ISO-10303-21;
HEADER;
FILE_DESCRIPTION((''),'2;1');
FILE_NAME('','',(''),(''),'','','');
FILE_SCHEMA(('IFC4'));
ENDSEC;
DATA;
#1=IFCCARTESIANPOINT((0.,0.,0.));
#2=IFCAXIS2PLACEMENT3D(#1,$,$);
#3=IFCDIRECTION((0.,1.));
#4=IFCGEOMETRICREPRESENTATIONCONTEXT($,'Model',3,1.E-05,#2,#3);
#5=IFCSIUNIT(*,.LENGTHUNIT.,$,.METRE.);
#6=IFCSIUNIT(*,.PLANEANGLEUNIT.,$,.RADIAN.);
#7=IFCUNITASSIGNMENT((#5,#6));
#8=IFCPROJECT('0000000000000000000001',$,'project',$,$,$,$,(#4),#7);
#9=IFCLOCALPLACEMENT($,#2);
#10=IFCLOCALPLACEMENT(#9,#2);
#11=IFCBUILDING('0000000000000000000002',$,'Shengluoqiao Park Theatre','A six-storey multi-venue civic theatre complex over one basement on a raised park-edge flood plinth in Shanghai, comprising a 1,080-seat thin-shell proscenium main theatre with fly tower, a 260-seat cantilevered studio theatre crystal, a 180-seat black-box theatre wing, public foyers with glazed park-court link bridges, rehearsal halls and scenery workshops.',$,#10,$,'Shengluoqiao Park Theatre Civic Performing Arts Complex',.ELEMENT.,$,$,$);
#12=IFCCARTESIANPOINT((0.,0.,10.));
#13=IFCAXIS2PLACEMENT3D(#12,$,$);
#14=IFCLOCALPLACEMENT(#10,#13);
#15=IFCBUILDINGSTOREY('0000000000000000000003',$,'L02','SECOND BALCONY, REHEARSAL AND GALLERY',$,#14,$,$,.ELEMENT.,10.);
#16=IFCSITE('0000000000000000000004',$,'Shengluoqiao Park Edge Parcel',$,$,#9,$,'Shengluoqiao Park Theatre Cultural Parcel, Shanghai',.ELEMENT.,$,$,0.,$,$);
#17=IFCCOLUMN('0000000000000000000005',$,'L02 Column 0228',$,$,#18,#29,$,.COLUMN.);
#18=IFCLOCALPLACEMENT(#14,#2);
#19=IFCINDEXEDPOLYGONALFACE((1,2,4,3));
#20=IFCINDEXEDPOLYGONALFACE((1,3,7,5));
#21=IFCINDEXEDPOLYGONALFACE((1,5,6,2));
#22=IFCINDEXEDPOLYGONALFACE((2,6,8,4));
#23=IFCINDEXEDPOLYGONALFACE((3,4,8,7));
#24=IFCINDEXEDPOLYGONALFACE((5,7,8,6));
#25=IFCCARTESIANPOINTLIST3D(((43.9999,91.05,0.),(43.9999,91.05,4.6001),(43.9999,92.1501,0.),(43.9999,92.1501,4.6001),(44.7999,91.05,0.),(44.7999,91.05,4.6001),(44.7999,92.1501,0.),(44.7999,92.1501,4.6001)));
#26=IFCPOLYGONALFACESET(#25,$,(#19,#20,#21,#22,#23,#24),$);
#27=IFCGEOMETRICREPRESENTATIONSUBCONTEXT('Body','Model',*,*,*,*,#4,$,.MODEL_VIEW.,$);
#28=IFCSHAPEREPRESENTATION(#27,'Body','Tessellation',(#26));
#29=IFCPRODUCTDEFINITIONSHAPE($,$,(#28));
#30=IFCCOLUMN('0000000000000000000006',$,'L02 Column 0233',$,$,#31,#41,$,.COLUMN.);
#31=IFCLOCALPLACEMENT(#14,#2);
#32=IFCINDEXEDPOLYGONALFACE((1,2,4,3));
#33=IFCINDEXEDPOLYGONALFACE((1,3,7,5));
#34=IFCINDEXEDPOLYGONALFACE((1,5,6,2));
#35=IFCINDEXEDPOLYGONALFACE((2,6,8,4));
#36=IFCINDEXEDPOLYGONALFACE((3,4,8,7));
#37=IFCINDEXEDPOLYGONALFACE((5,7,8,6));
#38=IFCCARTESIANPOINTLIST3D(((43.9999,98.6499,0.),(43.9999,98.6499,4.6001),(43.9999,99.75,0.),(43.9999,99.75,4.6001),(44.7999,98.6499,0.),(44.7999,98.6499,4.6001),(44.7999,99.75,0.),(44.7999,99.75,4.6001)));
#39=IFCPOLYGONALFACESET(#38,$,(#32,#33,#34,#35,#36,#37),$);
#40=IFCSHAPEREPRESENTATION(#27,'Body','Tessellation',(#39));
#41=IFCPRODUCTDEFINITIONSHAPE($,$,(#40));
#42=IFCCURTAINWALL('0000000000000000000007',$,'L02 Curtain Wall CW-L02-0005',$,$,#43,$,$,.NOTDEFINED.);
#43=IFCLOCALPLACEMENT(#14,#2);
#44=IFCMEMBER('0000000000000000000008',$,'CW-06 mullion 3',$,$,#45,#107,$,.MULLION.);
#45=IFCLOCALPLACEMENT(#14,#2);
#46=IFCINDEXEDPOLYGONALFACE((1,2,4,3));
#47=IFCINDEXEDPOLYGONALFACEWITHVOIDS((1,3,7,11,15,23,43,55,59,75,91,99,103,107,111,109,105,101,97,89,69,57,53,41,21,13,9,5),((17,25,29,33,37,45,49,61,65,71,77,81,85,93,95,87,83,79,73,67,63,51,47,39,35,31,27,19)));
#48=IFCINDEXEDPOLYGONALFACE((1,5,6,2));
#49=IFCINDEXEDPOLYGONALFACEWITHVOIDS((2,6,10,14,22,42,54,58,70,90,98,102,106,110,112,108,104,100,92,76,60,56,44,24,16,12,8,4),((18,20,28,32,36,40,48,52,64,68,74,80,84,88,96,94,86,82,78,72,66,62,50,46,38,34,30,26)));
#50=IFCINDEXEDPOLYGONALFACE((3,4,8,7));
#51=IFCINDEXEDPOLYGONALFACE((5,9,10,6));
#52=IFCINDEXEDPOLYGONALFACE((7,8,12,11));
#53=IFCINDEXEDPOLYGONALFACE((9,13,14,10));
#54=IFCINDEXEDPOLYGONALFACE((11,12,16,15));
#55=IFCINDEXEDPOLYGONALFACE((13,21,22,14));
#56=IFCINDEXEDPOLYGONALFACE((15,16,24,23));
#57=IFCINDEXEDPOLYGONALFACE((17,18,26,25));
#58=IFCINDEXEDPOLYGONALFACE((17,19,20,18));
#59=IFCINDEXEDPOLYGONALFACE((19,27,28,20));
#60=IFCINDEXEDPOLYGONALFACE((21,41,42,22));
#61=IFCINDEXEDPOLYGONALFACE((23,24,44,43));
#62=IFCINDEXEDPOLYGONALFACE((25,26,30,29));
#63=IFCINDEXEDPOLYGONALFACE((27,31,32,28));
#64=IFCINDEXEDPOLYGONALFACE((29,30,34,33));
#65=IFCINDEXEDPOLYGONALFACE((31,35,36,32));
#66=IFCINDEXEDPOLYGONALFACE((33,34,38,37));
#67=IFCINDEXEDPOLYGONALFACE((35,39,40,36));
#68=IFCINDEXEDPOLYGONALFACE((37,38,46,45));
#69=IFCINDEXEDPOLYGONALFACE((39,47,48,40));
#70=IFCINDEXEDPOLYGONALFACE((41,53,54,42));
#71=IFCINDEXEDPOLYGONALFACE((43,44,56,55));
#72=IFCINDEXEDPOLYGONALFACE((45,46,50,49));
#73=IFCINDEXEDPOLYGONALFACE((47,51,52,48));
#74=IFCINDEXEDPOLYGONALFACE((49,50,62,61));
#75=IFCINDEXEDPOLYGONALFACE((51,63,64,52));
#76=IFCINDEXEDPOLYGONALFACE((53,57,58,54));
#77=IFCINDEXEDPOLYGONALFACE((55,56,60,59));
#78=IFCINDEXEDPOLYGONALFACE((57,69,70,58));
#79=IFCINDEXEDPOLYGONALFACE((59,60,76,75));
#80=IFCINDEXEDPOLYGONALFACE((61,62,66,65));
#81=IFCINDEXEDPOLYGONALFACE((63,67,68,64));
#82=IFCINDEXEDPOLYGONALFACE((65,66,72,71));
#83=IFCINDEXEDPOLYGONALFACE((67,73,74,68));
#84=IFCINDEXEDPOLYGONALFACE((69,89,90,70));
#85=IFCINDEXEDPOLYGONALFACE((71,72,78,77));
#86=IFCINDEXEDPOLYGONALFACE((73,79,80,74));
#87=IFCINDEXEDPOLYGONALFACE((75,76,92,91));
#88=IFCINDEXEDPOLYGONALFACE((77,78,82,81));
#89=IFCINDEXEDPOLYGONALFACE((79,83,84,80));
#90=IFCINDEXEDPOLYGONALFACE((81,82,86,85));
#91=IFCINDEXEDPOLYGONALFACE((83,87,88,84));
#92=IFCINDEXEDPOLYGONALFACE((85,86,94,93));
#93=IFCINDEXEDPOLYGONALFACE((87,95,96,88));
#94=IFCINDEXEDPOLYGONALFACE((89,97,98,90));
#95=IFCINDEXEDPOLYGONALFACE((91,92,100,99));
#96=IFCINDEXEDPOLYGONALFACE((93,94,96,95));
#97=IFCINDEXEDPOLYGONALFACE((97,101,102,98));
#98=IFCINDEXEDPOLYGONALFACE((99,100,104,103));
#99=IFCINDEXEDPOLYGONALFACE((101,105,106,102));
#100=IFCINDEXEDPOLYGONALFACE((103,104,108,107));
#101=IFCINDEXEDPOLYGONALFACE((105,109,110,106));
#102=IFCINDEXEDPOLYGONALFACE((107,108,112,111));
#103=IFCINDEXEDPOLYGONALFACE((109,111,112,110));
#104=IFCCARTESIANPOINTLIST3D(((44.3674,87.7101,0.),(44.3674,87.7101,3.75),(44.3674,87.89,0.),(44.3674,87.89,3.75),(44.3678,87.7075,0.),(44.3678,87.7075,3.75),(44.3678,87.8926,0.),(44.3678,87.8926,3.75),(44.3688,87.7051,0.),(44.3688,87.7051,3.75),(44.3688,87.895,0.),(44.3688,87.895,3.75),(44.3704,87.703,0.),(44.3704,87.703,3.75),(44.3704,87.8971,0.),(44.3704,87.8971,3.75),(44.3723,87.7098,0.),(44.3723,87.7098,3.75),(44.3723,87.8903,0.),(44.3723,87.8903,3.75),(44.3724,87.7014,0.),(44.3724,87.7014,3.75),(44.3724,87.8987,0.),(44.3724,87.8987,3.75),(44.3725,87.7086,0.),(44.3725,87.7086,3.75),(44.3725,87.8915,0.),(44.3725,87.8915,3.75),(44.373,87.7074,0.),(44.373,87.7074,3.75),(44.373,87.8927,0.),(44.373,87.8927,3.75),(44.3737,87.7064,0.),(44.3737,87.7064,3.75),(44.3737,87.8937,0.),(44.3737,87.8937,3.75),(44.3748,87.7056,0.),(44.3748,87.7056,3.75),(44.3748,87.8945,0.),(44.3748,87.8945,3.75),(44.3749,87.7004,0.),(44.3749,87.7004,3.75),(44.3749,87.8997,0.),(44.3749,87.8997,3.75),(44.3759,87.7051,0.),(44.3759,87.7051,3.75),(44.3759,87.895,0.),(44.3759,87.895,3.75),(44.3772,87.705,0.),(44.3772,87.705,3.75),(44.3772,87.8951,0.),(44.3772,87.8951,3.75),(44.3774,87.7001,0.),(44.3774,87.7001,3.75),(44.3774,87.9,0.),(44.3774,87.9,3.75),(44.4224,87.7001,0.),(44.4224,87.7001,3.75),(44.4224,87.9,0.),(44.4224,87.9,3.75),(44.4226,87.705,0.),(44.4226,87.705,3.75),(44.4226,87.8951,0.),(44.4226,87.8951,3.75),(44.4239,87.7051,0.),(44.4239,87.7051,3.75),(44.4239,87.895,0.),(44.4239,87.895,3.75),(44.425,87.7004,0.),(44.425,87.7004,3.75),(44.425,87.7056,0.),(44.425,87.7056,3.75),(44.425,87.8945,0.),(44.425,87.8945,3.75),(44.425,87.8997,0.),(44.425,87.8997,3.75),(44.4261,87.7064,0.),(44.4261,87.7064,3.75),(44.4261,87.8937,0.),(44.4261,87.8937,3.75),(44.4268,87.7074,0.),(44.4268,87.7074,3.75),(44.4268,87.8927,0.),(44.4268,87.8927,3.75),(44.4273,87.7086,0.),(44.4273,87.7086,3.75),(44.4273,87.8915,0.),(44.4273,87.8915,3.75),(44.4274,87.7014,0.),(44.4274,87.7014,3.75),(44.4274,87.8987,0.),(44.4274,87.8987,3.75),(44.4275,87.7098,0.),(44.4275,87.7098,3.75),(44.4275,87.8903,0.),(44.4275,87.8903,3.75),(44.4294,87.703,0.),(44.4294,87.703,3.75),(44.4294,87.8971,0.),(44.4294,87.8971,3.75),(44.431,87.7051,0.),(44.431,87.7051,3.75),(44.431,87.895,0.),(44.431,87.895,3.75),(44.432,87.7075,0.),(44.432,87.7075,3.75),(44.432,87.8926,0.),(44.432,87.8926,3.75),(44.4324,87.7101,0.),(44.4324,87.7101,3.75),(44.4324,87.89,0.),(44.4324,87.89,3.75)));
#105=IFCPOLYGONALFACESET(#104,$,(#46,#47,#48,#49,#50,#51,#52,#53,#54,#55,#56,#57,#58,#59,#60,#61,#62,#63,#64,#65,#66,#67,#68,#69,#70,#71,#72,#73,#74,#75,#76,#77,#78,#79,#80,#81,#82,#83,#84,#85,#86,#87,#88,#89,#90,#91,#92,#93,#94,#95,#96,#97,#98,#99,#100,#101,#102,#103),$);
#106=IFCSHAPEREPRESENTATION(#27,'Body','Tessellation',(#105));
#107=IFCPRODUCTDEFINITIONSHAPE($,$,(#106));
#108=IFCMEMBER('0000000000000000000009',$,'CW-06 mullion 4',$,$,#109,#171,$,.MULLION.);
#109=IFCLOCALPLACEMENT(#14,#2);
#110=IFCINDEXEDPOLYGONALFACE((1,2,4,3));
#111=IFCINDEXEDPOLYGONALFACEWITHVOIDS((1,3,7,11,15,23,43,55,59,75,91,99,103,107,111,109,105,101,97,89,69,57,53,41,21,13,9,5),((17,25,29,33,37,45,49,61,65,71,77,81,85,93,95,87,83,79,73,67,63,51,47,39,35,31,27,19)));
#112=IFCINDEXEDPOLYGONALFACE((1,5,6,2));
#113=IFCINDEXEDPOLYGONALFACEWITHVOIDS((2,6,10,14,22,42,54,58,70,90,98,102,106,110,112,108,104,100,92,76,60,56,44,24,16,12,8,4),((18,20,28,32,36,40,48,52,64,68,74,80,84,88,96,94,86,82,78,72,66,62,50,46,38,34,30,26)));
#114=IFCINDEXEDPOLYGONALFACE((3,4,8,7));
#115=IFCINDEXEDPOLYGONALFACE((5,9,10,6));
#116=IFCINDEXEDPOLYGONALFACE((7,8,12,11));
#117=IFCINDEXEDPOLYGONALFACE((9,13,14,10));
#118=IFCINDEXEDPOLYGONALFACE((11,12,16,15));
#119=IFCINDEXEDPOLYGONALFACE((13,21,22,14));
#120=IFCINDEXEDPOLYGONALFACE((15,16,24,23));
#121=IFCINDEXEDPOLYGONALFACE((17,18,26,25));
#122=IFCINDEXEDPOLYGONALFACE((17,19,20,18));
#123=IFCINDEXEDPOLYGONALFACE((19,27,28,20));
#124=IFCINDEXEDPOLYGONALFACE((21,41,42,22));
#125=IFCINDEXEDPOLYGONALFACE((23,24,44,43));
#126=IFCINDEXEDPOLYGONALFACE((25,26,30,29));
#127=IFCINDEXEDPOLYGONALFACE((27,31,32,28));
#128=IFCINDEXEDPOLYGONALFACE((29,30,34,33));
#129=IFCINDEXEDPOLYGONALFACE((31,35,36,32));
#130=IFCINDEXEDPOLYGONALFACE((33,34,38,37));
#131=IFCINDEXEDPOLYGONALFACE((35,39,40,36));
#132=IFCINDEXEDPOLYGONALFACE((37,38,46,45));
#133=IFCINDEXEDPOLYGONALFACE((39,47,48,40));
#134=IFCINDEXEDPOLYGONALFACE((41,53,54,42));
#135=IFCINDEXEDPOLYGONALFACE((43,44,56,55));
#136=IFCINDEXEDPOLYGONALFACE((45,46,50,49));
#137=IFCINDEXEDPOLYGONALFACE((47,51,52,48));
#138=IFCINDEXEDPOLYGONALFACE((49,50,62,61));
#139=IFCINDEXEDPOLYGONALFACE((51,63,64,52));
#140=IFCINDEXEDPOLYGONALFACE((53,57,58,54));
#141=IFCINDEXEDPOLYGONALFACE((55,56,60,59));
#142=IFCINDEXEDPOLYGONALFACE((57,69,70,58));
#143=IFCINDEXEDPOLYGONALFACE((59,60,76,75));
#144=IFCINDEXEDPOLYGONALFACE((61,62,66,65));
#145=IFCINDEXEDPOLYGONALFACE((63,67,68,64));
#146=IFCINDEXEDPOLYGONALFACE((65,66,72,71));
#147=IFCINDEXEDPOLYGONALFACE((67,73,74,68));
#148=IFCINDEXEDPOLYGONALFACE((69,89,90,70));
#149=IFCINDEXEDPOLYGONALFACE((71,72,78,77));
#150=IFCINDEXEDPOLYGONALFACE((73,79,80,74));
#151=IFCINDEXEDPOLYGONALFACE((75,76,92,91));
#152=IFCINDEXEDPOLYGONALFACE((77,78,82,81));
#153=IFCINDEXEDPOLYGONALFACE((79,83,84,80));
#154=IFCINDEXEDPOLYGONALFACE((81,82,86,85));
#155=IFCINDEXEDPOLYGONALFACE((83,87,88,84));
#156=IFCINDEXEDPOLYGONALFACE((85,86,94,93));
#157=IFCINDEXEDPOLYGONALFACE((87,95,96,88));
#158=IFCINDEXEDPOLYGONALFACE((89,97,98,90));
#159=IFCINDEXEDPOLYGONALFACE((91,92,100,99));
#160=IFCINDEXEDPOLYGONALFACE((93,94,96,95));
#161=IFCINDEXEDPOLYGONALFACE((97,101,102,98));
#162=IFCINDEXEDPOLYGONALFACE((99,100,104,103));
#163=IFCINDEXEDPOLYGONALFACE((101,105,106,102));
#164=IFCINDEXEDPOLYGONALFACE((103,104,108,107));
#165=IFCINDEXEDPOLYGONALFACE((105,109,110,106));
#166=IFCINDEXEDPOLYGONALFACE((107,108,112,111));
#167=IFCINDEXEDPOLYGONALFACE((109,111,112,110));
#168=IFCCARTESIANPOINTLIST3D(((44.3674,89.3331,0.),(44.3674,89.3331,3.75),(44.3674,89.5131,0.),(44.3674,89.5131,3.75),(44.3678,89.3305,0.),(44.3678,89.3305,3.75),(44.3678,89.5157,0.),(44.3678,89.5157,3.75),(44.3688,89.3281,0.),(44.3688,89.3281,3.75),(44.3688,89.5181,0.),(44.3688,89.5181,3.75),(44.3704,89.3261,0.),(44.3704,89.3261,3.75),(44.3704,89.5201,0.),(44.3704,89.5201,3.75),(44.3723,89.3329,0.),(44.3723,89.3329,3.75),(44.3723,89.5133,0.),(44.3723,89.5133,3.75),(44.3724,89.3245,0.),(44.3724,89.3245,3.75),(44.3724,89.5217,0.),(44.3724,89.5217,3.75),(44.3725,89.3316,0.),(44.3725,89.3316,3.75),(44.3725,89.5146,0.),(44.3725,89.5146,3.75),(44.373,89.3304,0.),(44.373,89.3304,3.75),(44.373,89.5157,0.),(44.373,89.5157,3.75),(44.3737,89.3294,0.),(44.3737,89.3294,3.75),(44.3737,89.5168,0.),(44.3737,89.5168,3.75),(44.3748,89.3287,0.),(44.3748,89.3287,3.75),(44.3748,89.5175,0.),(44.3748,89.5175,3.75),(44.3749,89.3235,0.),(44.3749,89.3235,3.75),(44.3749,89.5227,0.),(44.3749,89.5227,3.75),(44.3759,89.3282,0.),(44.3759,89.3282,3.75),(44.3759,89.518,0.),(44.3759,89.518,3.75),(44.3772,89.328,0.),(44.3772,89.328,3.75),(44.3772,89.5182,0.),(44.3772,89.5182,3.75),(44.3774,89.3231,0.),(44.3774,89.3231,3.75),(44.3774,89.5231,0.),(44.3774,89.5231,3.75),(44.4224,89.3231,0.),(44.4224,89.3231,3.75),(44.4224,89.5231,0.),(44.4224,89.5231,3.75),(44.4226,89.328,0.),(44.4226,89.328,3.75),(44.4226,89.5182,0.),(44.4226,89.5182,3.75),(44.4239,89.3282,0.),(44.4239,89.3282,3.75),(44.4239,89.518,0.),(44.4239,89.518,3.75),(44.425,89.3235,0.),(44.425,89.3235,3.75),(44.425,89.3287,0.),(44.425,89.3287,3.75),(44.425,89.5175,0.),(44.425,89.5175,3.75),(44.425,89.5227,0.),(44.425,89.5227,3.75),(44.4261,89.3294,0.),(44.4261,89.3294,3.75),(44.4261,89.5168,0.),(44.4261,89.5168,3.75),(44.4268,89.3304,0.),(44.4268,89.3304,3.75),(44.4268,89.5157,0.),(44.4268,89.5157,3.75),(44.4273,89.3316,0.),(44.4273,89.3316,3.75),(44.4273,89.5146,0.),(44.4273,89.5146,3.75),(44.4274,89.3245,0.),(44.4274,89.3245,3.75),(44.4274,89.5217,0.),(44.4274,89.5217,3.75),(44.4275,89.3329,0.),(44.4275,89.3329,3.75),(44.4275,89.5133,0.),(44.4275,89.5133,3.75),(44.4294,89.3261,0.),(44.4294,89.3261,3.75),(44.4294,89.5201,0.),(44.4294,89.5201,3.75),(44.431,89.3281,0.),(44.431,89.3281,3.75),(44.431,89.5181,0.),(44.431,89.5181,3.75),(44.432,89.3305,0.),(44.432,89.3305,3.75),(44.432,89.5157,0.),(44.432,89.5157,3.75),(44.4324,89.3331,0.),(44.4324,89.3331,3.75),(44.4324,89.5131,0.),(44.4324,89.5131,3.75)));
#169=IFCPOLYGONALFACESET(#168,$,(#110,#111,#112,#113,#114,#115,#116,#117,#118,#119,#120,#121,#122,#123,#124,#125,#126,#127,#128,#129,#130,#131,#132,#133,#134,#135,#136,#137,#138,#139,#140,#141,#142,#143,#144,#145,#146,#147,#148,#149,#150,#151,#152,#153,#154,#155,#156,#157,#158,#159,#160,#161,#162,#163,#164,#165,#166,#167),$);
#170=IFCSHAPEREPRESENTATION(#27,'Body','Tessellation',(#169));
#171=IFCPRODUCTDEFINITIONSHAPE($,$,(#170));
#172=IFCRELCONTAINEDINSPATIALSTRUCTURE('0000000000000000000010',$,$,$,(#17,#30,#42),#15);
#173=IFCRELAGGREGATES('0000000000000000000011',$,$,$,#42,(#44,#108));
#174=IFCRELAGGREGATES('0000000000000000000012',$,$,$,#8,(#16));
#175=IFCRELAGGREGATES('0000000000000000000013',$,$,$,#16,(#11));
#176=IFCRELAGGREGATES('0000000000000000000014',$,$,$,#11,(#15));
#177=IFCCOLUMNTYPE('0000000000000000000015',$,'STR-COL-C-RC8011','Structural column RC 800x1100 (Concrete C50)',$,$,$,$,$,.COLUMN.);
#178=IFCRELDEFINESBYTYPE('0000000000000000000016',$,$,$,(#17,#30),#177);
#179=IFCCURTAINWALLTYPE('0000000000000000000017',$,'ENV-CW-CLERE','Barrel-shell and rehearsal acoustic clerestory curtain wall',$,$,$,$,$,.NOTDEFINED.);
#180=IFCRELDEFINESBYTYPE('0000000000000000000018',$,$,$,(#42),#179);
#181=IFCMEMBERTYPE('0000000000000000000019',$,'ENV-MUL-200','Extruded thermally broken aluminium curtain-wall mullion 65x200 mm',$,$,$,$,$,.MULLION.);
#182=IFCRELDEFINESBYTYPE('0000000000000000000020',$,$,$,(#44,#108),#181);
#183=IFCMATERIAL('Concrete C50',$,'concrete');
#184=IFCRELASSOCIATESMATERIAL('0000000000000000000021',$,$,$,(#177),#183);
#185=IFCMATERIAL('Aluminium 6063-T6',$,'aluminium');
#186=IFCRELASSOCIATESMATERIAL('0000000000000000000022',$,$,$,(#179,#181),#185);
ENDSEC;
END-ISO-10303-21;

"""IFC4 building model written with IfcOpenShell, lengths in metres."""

from ifc_helpers import new_model, si_unit, direction, frame, origin, origin_2d, place, context, subcontext, project, spatial, rectangle, hollow_rectangle, extrude, material, material_profile, profile_set, type_object, element, aggregate, save


model = new_model("IFC4")

# Units and contexts
model_context = context("Model", 3, precision=1e-05, world=origin(), true_north=direction((0.0, 1.0)))
body_context = subcontext(model_context, "Body", "Model", "MODEL_VIEW")
ifc_project = project(units=[si_unit("LENGTHUNIT", "METRE"), si_unit("PLANEANGLEUNIT", "RADIAN")], contexts=[model_context])

# Site, building, storey
site_placement = place(None, origin())
site = spatial("IfcSite", under=ifc_project, at=site_placement, Name="Shengluoqiao Park Edge Parcel", LongName="Shengluoqiao Park Theatre Cultural Parcel, Shanghai", CompositionType="ELEMENT", RefElevation=0.0)
building_placement = place(site_placement, origin())
building = spatial("IfcBuilding", under=site, at=building_placement, Name="Shengluoqiao Park Theatre", Description="A six-storey multi-venue civic theatre complex over one basement on a raised park-edge flood plinth in Shanghai, comprising a 1,080-seat thin-shell proscenium main theatre with fly tower, a 260-seat cantilevered studio theatre crystal, a 180-seat black-box theatre wing, public foyers with glazed park-court link bridges, rehearsal halls and scenery workshops.", LongName="Shengluoqiao Park Theatre Civic Performing Arts Complex", CompositionType="ELEMENT")
storey_placement = place(building_placement, frame((0.0, 0.0, 10.0)))
storey = spatial("IfcBuildingStorey", under=building, at=storey_placement, Name="L02", Description="SECOND BALCONY, REHEARSAL AND GALLERY", CompositionType="ELEMENT", Elevation=10.0)

# Columns
ifc_material_1 = material(Name="Concrete C50", Category="concrete")
ifc_material_profile_1 = material_profile(ifc_material_1, rectangle(XDim=0.8, YDim=1.1001, at=origin_2d()), Name="RC 800x1100")
ifc_profile_set_1 = profile_set([ifc_material_profile_1], Name="Concrete C50")
column_type = type_object("IfcColumnType", Name="STR-COL-C-RC8011", Description="Structural column RC 800x1100 (Concrete C50)", PredefinedType="COLUMN", material=ifc_profile_set_1)
for number, where, z_axis, x_axis, name in (
    (1, (44.3999, 91.6001, 0.0), (0.0, 0.0, 1.0), (1.0, 0.0, 0.0), "L02 Column 0228"),
    (2, (44.3999, 99.2, 0.0), (0.0, 0.0, 1.0), (1.0, 0.0, 0.0), "L02 Column 0233"),
):
    element("IfcColumn", number, at=place(storey_placement, frame(where, z_axis=z_axis, x_axis=x_axis)), inside=storey, type_object=column_type, Name=name, PredefinedType="COLUMN", context=body_context, shape_type="SweptSolid", body=[
        extrude(rectangle(XDim=0.8, YDim=1.1001, at=origin_2d()), origin(), (0.0, 0.0, 1.0), 4.6001),
    ])

# Curtain wall, members
ifc_material_2 = material(Name="Aluminium 6063-T6", Category="aluminium")
curtain_wall_type = type_object("IfcCurtainWallType", Name="ENV-CW-CLERE", Description="Barrel-shell and rehearsal acoustic clerestory curtain wall", PredefinedType="NOTDEFINED", material=ifc_material_2)
curtain_wall_1_placement = place(storey_placement, origin())
curtain_wall_1 = element("IfcCurtainWall", 3, at=curtain_wall_1_placement, inside=storey, type_object=curtain_wall_type, Name="L02 Curtain Wall CW-L02-0005", PredefinedType="NOTDEFINED")
ifc_material_profile_2 = material_profile(ifc_material_2, hollow_rectangle(XDim=0.0649, YDim=0.2, WallThickness=0.0049, InnerFilletRadius=0.0049, OuterFilletRadius=0.01, at=origin_2d()), Name="ALU MULLION 200x65x5")
ifc_profile_set_2 = profile_set([ifc_material_profile_2], Name="Aluminium 6063-T6")
member_type_1 = type_object("IfcMemberType", Name="ENV-MUL-200", Description="Extruded thermally broken aluminium curtain-wall mullion 65x200 mm", PredefinedType="MULLION", material=ifc_profile_set_2)
member_1_placement = place(storey_placement, frame((44.3999, 87.8, 0.0), z_axis=(0.0, 0.0, 1.0), x_axis=(-1.0, 0.0, 0.0)))
member_1 = element("IfcMember", 4, at=member_1_placement, type_object=member_type_1, Name="CW-06 mullion 3", PredefinedType="MULLION", context=body_context, shape_type="SweptSolid", body=[
    extrude(hollow_rectangle(XDim=0.0649, YDim=0.2, WallThickness=0.0049, InnerFilletRadius=0.0049, OuterFilletRadius=0.01, at=origin_2d()), origin(), (0.0, 0.0, 1.0), 3.75),
])
member_2_placement = place(storey_placement, frame((44.3999, 89.4231, 0.0), z_axis=(0.0, 0.0, 1.0), x_axis=(-1.0, 0.0, 0.0)))
member_2 = element("IfcMember", 5, at=member_2_placement, type_object=member_type_1, Name="CW-06 mullion 4", PredefinedType="MULLION", context=body_context, shape_type="SweptSolid", body=[
    extrude(hollow_rectangle(XDim=0.0649, YDim=0.2, WallThickness=0.0049, InnerFilletRadius=0.0049, OuterFilletRadius=0.01, at=origin_2d()), origin(), (0.0, 0.0, 1.0), 3.75),
])

aggregate(curtain_wall_1, [member_1, member_2])

save(model, "model.ifc")
